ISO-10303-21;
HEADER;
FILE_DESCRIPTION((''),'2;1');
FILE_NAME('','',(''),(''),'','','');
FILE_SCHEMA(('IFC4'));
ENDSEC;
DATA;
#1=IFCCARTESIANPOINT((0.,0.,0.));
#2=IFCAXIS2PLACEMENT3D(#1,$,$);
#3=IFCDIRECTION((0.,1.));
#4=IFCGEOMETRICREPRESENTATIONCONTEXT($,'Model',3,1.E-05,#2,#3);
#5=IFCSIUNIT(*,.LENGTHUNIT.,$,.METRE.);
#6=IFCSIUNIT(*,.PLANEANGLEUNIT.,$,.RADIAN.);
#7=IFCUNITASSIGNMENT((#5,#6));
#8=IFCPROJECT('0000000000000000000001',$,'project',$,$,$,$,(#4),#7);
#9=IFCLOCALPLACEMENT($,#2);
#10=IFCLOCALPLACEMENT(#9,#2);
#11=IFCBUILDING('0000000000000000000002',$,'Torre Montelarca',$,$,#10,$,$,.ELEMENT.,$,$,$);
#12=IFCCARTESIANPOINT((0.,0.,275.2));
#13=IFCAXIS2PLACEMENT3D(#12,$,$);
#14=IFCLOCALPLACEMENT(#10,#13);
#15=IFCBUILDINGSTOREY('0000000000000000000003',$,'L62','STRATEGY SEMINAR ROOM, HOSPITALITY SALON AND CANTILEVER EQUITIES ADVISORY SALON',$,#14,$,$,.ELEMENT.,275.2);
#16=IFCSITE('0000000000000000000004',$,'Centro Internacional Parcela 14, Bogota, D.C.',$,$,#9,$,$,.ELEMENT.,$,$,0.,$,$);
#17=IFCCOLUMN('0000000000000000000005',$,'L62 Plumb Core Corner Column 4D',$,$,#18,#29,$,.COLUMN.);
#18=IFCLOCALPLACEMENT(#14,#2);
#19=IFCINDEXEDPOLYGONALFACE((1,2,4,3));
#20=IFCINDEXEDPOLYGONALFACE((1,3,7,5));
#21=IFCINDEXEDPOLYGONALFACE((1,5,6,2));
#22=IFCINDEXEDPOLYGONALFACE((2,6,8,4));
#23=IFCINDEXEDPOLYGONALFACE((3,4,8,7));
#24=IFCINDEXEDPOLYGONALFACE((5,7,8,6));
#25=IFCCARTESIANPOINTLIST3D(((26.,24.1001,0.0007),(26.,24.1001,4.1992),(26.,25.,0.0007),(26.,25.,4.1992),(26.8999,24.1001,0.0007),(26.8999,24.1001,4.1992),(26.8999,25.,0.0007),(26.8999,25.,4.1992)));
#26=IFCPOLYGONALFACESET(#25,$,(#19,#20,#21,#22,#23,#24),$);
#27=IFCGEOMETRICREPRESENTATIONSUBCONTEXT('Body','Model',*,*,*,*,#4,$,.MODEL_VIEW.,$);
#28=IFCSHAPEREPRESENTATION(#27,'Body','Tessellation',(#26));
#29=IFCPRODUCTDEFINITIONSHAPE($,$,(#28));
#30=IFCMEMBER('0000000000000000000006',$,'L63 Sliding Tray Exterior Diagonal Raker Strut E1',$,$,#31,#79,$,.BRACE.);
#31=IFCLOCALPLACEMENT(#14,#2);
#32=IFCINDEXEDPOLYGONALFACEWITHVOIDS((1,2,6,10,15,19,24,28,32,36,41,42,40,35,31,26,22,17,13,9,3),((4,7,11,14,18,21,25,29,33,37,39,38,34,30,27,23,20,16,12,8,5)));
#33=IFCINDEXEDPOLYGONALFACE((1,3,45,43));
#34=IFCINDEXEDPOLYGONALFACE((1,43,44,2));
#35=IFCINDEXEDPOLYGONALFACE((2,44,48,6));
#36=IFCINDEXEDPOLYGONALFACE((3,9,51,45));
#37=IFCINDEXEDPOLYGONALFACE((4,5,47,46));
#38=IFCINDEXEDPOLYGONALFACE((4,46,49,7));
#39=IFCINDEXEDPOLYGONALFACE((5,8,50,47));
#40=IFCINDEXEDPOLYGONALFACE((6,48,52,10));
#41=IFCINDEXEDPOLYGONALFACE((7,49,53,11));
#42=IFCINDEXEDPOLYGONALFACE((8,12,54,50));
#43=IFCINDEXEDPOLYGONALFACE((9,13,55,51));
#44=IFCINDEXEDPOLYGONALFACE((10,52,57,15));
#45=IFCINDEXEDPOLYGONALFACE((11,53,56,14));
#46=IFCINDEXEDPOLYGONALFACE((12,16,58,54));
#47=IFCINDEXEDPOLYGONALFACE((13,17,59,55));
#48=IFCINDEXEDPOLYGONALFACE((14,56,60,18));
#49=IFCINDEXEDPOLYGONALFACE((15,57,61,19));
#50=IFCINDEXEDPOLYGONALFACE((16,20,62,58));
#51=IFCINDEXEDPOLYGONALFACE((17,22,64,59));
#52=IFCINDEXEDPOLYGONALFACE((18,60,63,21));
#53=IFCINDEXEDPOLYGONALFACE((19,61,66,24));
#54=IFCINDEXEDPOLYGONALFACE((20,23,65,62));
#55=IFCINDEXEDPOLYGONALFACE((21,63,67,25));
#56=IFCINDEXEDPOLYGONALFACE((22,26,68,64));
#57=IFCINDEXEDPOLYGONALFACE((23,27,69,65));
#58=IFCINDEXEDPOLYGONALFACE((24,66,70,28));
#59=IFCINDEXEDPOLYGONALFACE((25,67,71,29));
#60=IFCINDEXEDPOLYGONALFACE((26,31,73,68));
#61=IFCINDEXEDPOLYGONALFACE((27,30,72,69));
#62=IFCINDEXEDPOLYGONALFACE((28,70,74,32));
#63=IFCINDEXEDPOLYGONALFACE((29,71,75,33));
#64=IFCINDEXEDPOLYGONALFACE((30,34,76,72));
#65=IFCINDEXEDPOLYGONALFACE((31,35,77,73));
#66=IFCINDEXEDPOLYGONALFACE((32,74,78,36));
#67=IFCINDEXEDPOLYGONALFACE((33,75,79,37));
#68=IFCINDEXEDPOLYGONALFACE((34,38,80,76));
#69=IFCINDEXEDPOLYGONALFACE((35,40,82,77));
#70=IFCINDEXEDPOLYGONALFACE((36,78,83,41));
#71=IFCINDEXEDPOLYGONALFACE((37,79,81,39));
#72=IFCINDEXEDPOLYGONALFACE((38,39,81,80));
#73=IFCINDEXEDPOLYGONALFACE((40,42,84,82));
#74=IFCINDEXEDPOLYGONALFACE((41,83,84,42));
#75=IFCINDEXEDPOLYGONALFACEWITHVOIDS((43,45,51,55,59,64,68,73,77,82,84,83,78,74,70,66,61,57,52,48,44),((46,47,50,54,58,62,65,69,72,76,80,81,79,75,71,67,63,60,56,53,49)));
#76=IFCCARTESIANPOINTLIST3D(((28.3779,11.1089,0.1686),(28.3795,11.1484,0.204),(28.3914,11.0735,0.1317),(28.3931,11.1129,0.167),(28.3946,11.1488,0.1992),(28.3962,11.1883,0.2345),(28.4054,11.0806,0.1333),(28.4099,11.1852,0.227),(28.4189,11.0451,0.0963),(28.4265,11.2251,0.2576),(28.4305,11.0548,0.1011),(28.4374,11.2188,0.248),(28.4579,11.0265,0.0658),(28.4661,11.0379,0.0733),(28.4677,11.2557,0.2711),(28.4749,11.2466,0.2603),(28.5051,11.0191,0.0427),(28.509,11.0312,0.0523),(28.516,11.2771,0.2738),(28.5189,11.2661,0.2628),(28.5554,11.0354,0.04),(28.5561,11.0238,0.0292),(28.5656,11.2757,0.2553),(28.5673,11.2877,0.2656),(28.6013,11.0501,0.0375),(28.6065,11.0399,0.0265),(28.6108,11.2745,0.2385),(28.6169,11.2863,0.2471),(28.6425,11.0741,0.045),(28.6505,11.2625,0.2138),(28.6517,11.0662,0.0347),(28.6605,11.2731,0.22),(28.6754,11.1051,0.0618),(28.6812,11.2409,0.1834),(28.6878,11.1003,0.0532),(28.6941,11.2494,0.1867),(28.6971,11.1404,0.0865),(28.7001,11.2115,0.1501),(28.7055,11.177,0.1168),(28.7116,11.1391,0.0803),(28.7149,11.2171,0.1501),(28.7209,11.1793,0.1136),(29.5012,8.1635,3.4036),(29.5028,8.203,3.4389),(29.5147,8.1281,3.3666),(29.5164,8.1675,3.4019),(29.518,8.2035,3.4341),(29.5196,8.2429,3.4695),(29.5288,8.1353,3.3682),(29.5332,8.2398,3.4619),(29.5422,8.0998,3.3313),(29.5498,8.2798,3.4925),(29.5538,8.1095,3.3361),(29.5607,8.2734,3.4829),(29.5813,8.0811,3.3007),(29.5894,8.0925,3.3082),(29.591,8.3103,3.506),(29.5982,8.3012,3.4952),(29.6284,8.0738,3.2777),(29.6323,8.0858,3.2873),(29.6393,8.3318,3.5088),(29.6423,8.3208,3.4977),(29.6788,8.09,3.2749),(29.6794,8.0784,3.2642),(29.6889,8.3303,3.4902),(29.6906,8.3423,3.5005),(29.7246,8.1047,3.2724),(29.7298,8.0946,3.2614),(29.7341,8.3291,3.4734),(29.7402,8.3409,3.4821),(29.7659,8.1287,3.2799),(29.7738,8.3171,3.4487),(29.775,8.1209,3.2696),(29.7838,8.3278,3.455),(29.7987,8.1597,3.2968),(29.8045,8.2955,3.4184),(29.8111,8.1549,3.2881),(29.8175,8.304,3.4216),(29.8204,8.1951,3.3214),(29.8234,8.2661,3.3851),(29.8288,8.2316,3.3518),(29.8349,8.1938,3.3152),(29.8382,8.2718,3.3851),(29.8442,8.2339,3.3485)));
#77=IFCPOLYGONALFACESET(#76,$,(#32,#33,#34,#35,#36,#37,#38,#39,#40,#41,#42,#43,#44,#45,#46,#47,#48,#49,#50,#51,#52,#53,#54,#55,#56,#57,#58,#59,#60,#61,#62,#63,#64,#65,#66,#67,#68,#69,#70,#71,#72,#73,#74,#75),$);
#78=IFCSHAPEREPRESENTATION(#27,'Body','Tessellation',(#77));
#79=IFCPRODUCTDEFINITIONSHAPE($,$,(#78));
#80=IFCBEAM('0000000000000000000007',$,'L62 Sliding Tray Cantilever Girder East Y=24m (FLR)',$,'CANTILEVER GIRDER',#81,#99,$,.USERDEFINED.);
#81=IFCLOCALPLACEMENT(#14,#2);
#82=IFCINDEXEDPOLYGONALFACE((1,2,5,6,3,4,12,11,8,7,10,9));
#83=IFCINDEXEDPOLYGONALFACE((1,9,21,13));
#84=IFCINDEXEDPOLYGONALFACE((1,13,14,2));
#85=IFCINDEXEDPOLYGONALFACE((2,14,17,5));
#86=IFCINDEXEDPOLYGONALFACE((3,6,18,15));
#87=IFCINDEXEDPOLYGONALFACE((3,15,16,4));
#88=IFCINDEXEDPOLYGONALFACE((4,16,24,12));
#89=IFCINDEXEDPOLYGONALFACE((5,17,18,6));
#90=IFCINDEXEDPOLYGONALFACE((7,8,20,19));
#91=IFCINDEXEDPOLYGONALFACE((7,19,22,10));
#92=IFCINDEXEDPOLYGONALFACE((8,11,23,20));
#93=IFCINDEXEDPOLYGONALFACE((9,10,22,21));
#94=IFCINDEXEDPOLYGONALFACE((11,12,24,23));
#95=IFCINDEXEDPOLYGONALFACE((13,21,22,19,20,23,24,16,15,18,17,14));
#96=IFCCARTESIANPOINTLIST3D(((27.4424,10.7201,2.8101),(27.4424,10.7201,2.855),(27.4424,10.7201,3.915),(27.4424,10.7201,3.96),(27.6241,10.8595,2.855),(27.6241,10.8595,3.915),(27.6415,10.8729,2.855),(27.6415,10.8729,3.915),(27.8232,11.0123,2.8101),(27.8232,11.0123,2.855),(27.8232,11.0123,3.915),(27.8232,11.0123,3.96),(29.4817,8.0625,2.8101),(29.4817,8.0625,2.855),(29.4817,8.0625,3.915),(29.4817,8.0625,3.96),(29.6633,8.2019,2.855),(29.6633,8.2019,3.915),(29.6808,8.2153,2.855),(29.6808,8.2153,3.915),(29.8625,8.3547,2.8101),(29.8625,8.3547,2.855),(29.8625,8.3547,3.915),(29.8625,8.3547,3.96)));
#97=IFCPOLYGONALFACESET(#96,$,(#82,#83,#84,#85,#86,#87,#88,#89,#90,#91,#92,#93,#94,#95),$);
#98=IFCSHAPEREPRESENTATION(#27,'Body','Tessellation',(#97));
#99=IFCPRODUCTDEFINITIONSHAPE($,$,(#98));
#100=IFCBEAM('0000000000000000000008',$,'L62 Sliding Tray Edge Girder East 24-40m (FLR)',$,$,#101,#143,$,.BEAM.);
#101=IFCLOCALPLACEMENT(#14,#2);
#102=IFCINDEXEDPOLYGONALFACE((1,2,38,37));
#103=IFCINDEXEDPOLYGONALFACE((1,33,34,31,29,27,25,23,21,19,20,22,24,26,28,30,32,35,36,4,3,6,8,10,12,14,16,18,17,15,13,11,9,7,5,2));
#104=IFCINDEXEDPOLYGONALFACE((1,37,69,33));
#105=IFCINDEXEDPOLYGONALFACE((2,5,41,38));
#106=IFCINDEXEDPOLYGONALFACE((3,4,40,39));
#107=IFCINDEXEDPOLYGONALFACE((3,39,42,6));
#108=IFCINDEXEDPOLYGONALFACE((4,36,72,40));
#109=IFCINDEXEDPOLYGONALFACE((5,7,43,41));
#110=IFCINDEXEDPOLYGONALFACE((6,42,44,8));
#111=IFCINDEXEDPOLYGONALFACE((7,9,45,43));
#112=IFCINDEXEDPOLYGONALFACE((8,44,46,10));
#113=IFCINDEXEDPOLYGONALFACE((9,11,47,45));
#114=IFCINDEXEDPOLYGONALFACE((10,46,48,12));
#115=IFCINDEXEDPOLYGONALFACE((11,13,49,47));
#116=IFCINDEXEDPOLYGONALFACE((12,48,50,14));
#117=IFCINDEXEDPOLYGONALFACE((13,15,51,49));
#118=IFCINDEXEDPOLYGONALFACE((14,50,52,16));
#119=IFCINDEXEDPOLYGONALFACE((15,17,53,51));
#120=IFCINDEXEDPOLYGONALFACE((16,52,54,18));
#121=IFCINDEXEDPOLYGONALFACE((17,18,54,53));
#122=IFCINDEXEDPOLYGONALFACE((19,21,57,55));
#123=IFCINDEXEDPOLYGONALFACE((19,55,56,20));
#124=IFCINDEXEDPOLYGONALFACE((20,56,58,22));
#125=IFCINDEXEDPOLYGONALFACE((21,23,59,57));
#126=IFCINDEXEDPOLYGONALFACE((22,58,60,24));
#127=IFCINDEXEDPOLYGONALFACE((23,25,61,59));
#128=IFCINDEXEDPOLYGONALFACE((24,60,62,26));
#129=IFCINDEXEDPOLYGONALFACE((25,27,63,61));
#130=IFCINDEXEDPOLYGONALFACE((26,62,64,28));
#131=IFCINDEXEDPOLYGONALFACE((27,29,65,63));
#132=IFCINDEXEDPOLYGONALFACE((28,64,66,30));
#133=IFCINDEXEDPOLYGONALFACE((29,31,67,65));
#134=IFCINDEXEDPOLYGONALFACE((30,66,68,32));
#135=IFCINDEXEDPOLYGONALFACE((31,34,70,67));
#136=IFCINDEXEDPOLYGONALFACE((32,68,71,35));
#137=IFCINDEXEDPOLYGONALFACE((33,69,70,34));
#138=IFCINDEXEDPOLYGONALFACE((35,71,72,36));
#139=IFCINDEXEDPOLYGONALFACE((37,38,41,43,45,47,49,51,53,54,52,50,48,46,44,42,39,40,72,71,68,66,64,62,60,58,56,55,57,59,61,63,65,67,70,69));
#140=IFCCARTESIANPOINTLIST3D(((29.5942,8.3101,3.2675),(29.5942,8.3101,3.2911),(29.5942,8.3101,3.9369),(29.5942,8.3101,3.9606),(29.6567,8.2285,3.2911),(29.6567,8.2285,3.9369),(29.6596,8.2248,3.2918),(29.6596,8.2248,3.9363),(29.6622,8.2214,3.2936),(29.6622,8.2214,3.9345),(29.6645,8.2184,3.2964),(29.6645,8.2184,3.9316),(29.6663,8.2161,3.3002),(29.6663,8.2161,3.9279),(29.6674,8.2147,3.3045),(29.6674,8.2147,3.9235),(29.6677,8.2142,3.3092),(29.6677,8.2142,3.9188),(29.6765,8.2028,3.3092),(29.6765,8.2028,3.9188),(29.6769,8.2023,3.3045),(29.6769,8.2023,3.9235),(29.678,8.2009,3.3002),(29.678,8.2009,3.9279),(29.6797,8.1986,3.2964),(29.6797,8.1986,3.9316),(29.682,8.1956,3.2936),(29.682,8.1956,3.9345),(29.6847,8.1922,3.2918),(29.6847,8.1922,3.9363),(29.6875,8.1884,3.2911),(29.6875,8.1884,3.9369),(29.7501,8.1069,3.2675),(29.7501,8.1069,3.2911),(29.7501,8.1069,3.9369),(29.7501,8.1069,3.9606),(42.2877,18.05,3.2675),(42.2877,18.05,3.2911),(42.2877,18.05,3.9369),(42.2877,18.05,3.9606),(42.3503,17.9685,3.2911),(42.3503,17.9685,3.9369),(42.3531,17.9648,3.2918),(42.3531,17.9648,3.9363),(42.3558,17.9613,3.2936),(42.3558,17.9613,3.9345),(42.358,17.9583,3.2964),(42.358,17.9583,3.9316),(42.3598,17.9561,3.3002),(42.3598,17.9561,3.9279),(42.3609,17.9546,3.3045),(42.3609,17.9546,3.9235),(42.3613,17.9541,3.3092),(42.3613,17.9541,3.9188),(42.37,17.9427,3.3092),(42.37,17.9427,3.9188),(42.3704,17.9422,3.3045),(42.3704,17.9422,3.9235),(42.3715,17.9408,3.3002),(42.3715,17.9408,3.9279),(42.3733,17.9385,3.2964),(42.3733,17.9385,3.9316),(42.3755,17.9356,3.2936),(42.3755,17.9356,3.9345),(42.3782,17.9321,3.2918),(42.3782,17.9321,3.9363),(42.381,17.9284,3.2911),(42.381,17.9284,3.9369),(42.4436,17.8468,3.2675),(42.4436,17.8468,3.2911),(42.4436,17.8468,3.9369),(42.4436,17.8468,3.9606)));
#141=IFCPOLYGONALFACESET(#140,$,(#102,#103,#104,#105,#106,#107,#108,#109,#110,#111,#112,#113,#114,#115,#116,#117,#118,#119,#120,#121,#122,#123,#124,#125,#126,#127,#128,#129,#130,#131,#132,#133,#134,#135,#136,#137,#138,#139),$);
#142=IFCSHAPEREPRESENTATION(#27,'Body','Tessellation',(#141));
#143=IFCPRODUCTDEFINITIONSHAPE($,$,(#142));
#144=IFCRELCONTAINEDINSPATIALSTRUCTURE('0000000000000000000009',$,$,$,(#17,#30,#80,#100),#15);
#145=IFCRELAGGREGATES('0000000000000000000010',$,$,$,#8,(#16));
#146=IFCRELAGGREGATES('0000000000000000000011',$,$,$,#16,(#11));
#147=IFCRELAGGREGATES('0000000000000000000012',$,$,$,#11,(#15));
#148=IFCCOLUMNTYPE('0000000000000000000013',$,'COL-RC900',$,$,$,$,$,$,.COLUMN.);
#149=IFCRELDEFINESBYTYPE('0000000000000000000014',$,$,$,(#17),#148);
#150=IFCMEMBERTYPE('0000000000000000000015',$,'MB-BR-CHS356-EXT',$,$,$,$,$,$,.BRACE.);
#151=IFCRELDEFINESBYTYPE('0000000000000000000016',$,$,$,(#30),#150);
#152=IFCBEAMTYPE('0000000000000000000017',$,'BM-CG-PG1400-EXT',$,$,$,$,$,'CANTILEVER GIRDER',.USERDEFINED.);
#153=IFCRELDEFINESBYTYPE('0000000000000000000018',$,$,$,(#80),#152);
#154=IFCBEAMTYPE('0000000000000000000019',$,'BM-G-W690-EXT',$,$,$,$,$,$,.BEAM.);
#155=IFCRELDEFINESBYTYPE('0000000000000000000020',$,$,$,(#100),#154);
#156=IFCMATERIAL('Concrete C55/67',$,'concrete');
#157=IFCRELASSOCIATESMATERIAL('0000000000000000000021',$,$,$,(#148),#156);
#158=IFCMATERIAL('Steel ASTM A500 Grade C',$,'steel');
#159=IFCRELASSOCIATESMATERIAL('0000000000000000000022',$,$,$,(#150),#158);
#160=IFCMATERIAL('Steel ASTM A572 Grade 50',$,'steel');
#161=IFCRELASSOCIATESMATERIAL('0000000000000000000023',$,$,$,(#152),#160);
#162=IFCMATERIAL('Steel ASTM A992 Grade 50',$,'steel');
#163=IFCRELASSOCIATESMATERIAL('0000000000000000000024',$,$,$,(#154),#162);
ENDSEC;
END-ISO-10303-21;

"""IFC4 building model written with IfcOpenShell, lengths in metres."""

from ifc_helpers import new_model, si_unit, direction, frame, origin, origin_2d, place, context, subcontext, project, spatial, rectangle, hollow_circle, i_section, extrude, source, transform, mapped, material, material_profile, profile_set, type_object, element, save


model = new_model("IFC4")

# Units and contexts
model_context = context("Model", 3, precision=1e-05, world=origin(), true_north=direction((0.0, 1.0)))
body_context = subcontext(model_context, "Body", "Model", "MODEL_VIEW")
ifc_project = project(units=[si_unit("LENGTHUNIT", "METRE"), si_unit("PLANEANGLEUNIT", "RADIAN")], contexts=[model_context])

# Site, building, storey
site_placement = place(None, origin())
site = spatial("IfcSite", under=ifc_project, at=site_placement, Name="Centro Internacional Parcela 14, Bogota, D.C.", CompositionType="ELEMENT", RefElevation=0.0)
building_placement = place(site_placement, origin())
building = spatial("IfcBuilding", under=site, at=building_placement, Name="Torre Montelarca", CompositionType="ELEMENT")
storey_placement = place(building_placement, frame((0.0, 0.0, 275.2)))
storey = spatial("IfcBuildingStorey", under=building, at=storey_placement, Name="L62", Description="STRATEGY SEMINAR ROOM, HOSPITALITY SALON AND CANTILEVER EQUITIES ADVISORY SALON", CompositionType="ELEMENT", Elevation=275.2)

# Column
ifc_material_1 = material(Name="Concrete C55/67", Category="concrete")
ifc_material_profile_1 = material_profile(ifc_material_1, rectangle(XDim=0.8999, YDim=0.8999, at=origin_2d()), Name="RC900X900", Category="concrete")
ifc_profile_set_1 = profile_set([ifc_material_profile_1], Name="Concrete C55/67")
column_type_1 = type_object("IfcColumnType", Name="COL-RC900", PredefinedType="COLUMN", material=ifc_profile_set_1)
shared_shape_1 = source(origin(), body_context, "Body", "SweptSolid", [
    extrude(rectangle(XDim=0.8999, YDim=0.8999, at=origin_2d()), origin(), (0.0, 0.0, 1.0), 4.1985),
])
column_1_placement = place(storey_placement, frame((26.45, 24.55, 0.0007), z_axis=(0.0, 0.0, 1.0), x_axis=(1.0, 0.0, 0.0)))
element("IfcColumn", 1, at=column_1_placement, inside=storey, type_object=column_type_1, Name="L62 Plumb Core Corner Column 4D", PredefinedType="COLUMN", context=body_context, shape_type="MappedRepresentation", body=[
    mapped(shared_shape_1, transform((0.0, 0.0, 0.0), scale=1.0)),
])

# Member
ifc_material_2 = material(Name="Steel ASTM A500 Grade C", Category="steel")
ifc_material_profile_2 = material_profile(ifc_material_2, hollow_circle(Radius=0.1777, WallThickness=0.0159, at=origin_2d()), Name="HSS355.6X15.9", Category="steel")
ifc_profile_set_2 = profile_set([ifc_material_profile_2], Name="Steel ASTM A500 Grade C")
member_type_1 = type_object("IfcMemberType", Name="MB-BR-CHS356-EXT", PredefinedType="BRACE", material=ifc_profile_set_2)
shared_shape_2 = source(origin(), body_context, "Body", "SweptSolid", [
    extrude(hollow_circle(Radius=0.1777, WallThickness=0.0159, at=origin_2d()), origin(), (0.0, 0.0, 1.0), 4.5168),
])
member_1_placement = place(storey_placement, frame((28.5488, 11.1538, 0.1501), z_axis=(0.248695, -0.652087, 0.716193), x_axis=(0.934354, 0.356346, 0.0)))
element("IfcMember", 2, at=member_1_placement, inside=storey, type_object=member_type_1, Name="L63 Sliding Tray Exterior Diagonal Raker Strut E1", PredefinedType="BRACE", context=body_context, shape_type="MappedRepresentation", body=[
    mapped(shared_shape_2, transform((0.0, 0.0, 0.0), scale=1.0)),
])

# Beams
ifc_material_3 = material(Name="Steel ASTM A572 Grade 50", Category="steel")
ifc_material_profile_3 = material_profile(ifc_material_3, i_section(OverallWidth=0.48, OverallDepth=1.1499, WebThickness=0.022, FlangeThickness=0.0449, at=origin_2d()), Name="PG1150X480X22X45", Category="steel")
ifc_profile_set_3 = profile_set([ifc_material_profile_3], Name="Steel ASTM A572 Grade 50")
beam_type_1 = type_object("IfcBeamType", Name="BM-CG-PG1400-EXT", ElementType="CANTILEVER GIRDER", PredefinedType="USERDEFINED", material=ifc_profile_set_3)
shared_shape_3 = source(origin(), body_context, "Body", "SweptSolid", [
    extrude(i_section(OverallWidth=0.48, OverallDepth=1.1499, WebThickness=0.022, FlangeThickness=0.0449, at=origin_2d()), origin(), (0.0, 0.0, 1.0), 3.3499),
])
beam_1_placement = place(storey_placement, frame((27.6328, 10.8662, 3.385), z_axis=(0.608756, -0.793358, 0.0), x_axis=(0.793358, 0.608756, 0.0)))
element("IfcBeam", 3, at=beam_1_placement, inside=storey, type_object=beam_type_1, Name="L62 Sliding Tray Cantilever Girder East Y=24m (FLR)", ObjectType="CANTILEVER GIRDER", PredefinedType="USERDEFINED", context=body_context, shape_type="MappedRepresentation", body=[
    mapped(shared_shape_3, transform((0.0, 0.0, 0.0), scale=1.0)),
])
ifc_material_4 = material(Name="Steel ASTM A992 Grade 50", Category="steel")
ifc_material_profile_4 = material_profile(ifc_material_4, i_section(OverallWidth=0.2561, OverallDepth=0.6931, WebThickness=0.0144, FlangeThickness=0.0237, FilletRadius=0.0181, at=origin_2d()), Name="W690X170", Category="steel")
ifc_profile_set_4 = profile_set([ifc_material_profile_4], Name="Steel ASTM A992 Grade 50")
beam_type_2 = type_object("IfcBeamType", Name="BM-G-W690-EXT", PredefinedType="BEAM", material=ifc_profile_set_4)
shared_shape_4 = source(origin(), body_context, "Body", "SweptSolid", [
    extrude(i_section(OverallWidth=0.2561, OverallDepth=0.6931, WebThickness=0.0144, FlangeThickness=0.0237, FilletRadius=0.0181, at=origin_2d()), origin(), (0.0, 0.0, 1.0), 15.9998),
])
beam_2_placement = place(storey_placement, frame((29.6721, 8.2085, 3.614), z_axis=(0.793358, 0.608755, 0.0), x_axis=(-0.608755, 0.793358, 0.0)))
element("IfcBeam", 4, at=beam_2_placement, inside=storey, type_object=beam_type_2, Name="L62 Sliding Tray Edge Girder East 24-40m (FLR)", PredefinedType="BEAM", context=body_context, shape_type="MappedRepresentation", body=[
    mapped(shared_shape_4, transform((0.0, 0.0, 0.0), scale=1.0)),
])

save(model, "model.ifc")
